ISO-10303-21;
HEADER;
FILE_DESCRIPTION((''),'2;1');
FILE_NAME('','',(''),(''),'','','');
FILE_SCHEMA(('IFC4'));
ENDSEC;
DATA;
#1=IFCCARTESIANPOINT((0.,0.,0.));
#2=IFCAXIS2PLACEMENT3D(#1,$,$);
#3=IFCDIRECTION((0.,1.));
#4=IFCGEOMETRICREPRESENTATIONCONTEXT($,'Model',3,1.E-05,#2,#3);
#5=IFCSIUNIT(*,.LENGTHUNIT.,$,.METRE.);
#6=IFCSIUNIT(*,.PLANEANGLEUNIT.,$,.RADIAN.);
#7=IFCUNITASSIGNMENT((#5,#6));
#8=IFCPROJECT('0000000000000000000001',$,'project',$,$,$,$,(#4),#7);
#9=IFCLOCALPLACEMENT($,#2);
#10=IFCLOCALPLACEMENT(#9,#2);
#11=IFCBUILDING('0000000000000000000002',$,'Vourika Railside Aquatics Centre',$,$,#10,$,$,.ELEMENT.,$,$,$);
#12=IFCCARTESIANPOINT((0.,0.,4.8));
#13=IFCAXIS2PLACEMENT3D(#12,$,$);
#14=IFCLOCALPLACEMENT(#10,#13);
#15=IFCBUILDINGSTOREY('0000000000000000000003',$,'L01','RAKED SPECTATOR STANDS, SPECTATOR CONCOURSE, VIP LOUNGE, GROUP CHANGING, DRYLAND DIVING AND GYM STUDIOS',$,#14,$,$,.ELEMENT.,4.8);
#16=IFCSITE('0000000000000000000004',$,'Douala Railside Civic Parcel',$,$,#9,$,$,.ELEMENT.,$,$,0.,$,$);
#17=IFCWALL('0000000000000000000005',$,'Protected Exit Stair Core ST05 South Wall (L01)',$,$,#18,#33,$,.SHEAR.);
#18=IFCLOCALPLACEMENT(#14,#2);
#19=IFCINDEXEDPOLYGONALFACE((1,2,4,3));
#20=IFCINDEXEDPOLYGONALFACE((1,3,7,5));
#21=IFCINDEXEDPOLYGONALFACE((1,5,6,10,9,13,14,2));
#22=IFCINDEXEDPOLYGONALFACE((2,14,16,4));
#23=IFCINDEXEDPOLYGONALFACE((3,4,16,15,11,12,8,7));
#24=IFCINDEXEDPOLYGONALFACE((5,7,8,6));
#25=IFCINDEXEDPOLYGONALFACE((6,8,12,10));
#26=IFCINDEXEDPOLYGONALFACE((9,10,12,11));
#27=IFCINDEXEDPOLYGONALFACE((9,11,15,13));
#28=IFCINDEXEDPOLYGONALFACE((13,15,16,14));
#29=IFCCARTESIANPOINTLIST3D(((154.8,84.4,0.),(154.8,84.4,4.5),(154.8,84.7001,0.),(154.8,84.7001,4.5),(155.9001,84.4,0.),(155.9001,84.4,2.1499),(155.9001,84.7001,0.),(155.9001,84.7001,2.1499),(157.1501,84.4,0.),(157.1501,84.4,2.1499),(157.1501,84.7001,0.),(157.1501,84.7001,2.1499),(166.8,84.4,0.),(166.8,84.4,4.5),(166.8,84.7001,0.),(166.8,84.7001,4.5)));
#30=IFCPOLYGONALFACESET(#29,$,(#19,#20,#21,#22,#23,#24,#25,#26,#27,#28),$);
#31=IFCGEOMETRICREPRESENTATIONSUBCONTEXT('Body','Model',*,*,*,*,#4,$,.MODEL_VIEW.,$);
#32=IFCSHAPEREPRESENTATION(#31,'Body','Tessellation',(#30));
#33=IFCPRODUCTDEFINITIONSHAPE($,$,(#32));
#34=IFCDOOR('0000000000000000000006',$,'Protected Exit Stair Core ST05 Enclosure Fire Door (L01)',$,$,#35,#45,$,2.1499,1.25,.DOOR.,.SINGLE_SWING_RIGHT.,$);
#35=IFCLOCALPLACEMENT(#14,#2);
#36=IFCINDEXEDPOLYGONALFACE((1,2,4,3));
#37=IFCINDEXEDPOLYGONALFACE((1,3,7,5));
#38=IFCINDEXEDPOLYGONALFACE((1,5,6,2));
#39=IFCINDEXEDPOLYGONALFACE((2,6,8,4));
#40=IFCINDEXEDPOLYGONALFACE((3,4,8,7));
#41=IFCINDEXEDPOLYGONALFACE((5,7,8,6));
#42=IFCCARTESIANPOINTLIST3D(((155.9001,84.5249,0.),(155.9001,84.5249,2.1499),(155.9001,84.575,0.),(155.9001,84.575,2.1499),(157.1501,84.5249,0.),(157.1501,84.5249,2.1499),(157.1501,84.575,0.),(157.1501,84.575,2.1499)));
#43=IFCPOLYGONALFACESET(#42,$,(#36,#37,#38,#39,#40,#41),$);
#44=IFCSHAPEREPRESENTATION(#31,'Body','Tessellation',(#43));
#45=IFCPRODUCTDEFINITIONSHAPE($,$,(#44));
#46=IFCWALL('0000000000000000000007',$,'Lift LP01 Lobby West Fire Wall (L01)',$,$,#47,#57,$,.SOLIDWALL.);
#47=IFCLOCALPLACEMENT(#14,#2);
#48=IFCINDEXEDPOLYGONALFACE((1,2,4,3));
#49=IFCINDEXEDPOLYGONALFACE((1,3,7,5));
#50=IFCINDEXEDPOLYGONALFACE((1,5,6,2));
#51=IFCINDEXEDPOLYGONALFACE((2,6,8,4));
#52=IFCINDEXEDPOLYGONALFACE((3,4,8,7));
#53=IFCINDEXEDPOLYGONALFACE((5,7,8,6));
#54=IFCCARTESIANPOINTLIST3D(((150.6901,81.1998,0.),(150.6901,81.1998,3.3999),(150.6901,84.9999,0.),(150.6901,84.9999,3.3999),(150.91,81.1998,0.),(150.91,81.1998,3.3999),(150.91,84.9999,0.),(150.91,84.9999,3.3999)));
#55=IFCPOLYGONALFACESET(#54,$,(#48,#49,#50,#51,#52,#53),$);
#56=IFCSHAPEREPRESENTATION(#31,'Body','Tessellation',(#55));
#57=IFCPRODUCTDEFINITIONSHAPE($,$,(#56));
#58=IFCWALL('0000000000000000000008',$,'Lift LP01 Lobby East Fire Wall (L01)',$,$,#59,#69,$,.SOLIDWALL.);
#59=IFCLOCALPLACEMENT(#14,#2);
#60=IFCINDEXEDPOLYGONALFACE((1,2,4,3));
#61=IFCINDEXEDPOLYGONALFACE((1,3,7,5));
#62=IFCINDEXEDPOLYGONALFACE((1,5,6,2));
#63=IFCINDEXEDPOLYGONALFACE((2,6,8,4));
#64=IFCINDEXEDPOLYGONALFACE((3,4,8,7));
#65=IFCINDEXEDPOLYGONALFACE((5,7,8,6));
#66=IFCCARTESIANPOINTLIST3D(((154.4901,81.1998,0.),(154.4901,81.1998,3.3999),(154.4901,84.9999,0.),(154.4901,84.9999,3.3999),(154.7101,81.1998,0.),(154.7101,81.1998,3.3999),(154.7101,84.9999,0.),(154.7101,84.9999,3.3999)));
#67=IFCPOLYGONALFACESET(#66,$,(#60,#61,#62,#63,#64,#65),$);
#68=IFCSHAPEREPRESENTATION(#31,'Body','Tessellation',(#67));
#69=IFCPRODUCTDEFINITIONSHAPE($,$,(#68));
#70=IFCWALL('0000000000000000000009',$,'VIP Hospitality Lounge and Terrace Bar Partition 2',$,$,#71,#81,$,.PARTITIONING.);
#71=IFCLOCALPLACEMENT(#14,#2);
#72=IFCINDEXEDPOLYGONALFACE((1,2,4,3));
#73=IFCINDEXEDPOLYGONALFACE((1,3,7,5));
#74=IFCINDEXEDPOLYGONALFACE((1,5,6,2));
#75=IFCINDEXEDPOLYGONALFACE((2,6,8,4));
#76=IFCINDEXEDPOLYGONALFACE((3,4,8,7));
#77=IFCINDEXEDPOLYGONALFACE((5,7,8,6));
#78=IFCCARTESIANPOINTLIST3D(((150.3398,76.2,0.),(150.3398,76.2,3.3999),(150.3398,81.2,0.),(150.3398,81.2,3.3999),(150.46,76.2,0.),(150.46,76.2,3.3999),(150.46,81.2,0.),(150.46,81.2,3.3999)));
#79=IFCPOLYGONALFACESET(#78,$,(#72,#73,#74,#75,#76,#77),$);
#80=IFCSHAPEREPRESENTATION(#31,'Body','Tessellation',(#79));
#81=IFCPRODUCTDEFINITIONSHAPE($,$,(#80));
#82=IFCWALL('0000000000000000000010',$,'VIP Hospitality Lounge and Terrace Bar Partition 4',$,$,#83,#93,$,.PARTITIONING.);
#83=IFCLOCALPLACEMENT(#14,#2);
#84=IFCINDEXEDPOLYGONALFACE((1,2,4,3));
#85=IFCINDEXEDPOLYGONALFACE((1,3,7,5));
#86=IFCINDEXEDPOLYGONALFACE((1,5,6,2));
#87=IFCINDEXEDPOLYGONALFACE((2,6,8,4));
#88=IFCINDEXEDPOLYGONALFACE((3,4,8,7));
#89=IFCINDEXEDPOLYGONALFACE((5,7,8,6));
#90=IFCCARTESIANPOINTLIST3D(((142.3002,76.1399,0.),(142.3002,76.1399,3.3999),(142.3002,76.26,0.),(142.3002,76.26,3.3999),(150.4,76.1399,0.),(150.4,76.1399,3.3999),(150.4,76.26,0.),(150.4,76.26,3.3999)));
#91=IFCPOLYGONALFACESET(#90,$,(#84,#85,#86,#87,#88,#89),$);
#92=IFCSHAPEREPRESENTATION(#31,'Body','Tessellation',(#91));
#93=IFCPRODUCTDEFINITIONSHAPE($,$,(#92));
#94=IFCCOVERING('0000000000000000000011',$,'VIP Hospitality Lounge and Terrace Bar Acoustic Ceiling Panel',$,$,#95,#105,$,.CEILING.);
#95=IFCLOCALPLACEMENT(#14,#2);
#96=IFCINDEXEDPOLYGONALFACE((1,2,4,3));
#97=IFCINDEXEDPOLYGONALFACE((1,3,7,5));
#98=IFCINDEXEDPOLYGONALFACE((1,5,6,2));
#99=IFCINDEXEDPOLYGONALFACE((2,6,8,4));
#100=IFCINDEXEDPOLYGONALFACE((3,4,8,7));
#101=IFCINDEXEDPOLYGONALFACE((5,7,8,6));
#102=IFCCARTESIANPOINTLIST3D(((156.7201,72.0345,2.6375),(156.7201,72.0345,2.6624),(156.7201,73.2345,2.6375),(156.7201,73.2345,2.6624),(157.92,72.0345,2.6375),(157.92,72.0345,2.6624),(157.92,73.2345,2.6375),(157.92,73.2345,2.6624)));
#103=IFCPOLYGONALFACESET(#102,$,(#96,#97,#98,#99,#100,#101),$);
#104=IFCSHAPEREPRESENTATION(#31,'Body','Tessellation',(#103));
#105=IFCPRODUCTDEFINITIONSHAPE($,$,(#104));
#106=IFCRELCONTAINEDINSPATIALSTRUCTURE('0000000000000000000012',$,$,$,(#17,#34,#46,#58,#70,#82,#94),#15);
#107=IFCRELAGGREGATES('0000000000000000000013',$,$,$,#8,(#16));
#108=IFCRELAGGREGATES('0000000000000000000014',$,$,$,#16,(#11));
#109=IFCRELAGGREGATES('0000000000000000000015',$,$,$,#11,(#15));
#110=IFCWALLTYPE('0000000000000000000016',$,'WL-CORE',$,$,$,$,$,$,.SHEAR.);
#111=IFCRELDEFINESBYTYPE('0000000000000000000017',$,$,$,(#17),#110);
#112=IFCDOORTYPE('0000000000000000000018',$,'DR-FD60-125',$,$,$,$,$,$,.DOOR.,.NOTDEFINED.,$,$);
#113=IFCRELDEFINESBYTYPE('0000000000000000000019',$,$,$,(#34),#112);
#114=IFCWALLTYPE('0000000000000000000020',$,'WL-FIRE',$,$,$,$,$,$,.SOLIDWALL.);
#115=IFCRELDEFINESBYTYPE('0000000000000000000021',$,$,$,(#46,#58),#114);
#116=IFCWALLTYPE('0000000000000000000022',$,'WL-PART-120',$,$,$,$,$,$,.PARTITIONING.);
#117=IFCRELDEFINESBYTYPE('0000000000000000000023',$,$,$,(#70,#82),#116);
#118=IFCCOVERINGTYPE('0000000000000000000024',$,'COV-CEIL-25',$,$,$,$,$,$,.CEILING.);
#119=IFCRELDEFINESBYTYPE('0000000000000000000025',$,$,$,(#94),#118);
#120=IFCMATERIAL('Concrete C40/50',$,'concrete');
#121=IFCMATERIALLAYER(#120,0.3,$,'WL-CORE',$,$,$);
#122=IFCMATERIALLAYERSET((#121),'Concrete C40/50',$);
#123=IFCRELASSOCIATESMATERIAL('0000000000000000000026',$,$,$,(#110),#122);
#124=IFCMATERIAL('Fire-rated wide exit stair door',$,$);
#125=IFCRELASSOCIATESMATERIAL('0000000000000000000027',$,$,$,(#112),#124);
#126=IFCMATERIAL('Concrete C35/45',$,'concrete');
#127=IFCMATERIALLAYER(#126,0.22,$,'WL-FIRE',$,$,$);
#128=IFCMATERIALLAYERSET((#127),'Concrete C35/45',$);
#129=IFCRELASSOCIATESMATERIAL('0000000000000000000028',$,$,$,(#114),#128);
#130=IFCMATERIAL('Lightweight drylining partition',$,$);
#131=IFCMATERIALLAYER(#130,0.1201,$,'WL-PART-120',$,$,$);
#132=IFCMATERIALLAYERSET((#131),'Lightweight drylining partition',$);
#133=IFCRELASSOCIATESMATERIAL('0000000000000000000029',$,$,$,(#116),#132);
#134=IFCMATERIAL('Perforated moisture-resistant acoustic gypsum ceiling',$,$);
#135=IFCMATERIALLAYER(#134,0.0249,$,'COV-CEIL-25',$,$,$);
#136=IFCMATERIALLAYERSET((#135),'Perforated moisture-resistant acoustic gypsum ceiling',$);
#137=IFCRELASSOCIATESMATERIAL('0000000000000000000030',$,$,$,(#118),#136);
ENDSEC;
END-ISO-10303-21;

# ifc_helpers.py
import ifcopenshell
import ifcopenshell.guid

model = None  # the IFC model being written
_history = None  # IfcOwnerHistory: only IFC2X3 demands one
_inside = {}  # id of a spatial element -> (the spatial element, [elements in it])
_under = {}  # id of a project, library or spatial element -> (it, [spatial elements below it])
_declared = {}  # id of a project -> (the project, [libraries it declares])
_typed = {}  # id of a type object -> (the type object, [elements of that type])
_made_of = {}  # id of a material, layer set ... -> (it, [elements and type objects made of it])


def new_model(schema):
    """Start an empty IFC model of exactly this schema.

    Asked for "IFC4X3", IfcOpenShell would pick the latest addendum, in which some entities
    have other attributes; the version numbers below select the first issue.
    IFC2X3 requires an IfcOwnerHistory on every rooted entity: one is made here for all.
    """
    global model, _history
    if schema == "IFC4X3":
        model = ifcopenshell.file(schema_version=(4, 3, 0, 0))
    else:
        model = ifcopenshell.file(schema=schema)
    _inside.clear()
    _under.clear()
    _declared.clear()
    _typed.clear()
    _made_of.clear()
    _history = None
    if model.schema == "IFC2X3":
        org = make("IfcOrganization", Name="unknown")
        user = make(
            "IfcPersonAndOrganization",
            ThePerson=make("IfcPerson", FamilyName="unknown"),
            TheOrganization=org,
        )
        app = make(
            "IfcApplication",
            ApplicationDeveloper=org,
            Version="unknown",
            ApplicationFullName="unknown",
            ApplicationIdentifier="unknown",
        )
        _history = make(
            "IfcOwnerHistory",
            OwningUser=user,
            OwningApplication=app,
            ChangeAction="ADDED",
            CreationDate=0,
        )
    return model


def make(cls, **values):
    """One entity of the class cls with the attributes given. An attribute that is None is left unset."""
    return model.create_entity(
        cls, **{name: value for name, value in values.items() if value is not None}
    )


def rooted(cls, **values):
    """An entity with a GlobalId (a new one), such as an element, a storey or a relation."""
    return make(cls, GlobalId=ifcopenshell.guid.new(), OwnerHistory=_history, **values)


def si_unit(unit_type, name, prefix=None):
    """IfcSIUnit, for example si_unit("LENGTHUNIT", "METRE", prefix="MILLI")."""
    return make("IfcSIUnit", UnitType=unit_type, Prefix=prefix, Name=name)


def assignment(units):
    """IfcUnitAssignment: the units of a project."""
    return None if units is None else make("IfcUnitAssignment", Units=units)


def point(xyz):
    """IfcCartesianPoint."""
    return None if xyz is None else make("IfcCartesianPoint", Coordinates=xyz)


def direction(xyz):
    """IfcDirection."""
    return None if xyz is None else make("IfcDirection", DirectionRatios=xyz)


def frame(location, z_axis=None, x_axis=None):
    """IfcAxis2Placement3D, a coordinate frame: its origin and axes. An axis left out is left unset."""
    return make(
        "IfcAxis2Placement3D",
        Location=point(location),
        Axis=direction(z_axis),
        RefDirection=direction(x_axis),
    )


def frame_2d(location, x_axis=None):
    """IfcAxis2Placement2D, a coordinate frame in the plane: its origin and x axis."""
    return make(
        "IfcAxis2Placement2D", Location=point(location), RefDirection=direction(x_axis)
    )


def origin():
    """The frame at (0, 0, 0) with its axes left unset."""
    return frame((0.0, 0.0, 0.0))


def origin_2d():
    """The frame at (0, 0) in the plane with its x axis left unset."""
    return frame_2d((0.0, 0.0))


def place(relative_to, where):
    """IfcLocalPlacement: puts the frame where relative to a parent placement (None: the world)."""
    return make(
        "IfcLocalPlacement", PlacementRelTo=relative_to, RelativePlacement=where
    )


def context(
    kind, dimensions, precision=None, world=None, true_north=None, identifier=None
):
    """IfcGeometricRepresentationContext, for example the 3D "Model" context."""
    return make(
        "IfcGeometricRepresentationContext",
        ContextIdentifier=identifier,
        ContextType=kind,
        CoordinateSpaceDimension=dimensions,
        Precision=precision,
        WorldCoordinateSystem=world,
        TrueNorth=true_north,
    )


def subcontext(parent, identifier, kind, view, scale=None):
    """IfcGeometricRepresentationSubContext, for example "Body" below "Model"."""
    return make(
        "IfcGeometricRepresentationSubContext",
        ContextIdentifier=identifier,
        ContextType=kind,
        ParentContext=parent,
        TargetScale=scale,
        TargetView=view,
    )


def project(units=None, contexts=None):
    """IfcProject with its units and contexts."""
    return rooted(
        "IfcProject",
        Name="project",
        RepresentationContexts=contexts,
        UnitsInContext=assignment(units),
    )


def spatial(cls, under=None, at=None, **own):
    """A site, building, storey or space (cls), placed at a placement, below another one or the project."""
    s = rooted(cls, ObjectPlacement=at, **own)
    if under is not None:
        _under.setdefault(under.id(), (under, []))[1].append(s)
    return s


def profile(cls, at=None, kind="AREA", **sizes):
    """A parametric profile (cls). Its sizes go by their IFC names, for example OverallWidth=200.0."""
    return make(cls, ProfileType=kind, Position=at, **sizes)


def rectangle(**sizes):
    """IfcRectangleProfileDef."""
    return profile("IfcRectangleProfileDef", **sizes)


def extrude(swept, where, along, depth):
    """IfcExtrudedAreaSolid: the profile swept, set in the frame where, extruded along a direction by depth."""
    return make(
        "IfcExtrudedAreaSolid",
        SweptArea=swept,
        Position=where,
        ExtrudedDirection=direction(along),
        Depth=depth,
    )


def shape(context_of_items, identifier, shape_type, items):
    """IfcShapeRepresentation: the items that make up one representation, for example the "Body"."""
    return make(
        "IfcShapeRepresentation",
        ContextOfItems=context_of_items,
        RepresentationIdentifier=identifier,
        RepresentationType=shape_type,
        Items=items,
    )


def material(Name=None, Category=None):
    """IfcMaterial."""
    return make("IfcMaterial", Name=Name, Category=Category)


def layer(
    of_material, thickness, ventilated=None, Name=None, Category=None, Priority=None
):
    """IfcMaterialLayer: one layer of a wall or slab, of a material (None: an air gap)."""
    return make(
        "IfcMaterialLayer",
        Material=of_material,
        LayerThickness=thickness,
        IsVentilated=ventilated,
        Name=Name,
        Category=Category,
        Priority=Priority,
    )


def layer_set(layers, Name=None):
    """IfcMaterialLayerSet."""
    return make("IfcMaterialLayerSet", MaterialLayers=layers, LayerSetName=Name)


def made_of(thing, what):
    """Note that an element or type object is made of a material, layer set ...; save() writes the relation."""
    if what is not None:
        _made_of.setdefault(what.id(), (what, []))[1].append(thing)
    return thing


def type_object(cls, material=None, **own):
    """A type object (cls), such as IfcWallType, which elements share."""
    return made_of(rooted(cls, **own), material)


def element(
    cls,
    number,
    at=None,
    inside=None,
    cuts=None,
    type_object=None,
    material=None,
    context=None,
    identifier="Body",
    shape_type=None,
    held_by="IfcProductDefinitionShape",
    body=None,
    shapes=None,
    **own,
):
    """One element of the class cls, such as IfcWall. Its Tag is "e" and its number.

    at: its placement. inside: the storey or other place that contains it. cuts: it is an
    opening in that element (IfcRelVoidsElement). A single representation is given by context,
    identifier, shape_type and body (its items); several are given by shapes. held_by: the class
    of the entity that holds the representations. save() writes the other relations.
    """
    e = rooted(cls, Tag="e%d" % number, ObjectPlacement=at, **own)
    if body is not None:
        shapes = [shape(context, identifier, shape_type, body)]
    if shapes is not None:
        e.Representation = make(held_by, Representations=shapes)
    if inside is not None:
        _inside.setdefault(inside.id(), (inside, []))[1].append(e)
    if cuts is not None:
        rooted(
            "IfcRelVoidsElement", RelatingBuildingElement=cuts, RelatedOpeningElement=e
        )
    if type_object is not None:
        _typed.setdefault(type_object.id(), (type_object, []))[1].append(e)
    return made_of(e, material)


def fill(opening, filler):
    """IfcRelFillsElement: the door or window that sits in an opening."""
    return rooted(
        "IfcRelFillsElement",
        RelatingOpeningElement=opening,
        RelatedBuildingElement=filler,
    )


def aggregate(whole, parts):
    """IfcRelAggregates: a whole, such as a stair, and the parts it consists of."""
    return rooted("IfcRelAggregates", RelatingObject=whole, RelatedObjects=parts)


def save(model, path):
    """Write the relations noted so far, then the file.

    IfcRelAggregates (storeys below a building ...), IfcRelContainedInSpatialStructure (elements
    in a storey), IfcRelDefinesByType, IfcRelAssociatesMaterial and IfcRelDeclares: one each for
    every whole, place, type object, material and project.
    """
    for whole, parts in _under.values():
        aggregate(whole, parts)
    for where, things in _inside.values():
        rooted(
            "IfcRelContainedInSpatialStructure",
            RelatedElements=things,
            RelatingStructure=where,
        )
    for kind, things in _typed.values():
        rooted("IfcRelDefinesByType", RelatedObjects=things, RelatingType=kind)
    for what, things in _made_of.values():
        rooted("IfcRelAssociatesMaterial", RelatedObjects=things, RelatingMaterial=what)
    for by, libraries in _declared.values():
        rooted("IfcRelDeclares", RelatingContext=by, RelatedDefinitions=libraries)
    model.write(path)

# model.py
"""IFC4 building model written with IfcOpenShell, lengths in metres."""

from ifc_helpers import new_model, si_unit, direction, frame, frame_2d, origin, origin_2d, place, context, subcontext, project, spatial, rectangle, extrude, material, layer, layer_set, type_object, element, fill, save


model = new_model("IFC4")

# Units and contexts
model_context = context("Model", 3, precision=1e-05, world=origin(), true_north=direction((0.0, 1.0)))
body_context = subcontext(model_context, "Body", "Model", "MODEL_VIEW")
ifc_project = project(units=[si_unit("LENGTHUNIT", "METRE"), si_unit("PLANEANGLEUNIT", "RADIAN")], contexts=[model_context])

# Site, building, storey
site_placement = place(None, origin())
site = spatial("IfcSite", under=ifc_project, at=site_placement, Name="Douala Railside Civic Parcel", CompositionType="ELEMENT", RefElevation=0.0)
building_placement = place(site_placement, origin())
building = spatial("IfcBuilding", under=site, at=building_placement, Name="Vourika Railside Aquatics Centre", CompositionType="ELEMENT")
storey_placement = place(building_placement, frame((0.0, 0.0, 4.8)))
storey = spatial("IfcBuildingStorey", under=building, at=storey_placement, Name="L01", Description="RAKED SPECTATOR STANDS, SPECTATOR CONCOURSE, VIP LOUNGE, GROUP CHANGING, DRYLAND DIVING AND GYM STUDIOS", CompositionType="ELEMENT", Elevation=4.8)

# Shared definitions
ifc_material_1 = material(Name="Concrete C35/45", Category="concrete")

# Wall, opening, door
ifc_material_2 = material(Name="Concrete C40/50", Category="concrete")
ifc_layer_1 = layer(ifc_material_2, 0.3, Name="WL-CORE")
ifc_layer_set_1 = layer_set([ifc_layer_1], Name="Concrete C40/50")
wall_type_1 = type_object("IfcWallType", Name="WL-CORE", PredefinedType="SHEAR", material=ifc_layer_set_1)
wall_1_placement = place(storey_placement, frame((154.8, 84.55, 0.0), z_axis=(0.0, 0.0, 1.0), x_axis=(1.0, 0.0, 0.0)))
wall_1 = element("IfcWall", 1, at=wall_1_placement, inside=storey, type_object=wall_type_1, Name="Protected Exit Stair Core ST05 South Wall (L01)", PredefinedType="SHEAR", context=body_context, shape_type="SweptSolid", body=[
    extrude(rectangle(XDim=12.0, YDim=0.3, at=frame_2d((6.0, 0.0))), origin(), (0.0, 0.0, 1.0), 4.5),
])
opening_1_placement = place(wall_1_placement, frame((1.1001, 0.0, 0.0)))
opening_1 = element("IfcOpeningElement", 2, at=opening_1_placement, cuts=wall_1, PredefinedType="OPENING", context=body_context, shape_type="SweptSolid", body=[
    extrude(rectangle(XDim=1.25, YDim=2.1499, at=frame_2d((0.625, 1.075))), frame((0.0, 0.1602, 0.0), z_axis=(0.0, -1.0, 0.0), x_axis=(1.0, 0.0, 0.0)), (0.0, 0.0, 1.0), 0.3201),
])
ifc_material_3 = material(Name="Fire-rated wide exit stair door")
door_type_1 = type_object("IfcDoorType", Name="DR-FD60-125", OperationType="NOTDEFINED", PredefinedType="DOOR", material=ifc_material_3)
door_1_placement = place(opening_1_placement, origin())
door_1 = element("IfcDoor", 3, at=door_1_placement, inside=storey, type_object=door_type_1, Name="Protected Exit Stair Core ST05 Enclosure Fire Door (L01)", OperationType="SINGLE_SWING_RIGHT", OverallHeight=2.1499, OverallWidth=1.25, PredefinedType="DOOR", context=body_context, shape_type="SweptSolid", body=[
    extrude(rectangle(XDim=1.25, YDim=2.1499, at=frame_2d((0.625, 1.075))), frame((0.0, 0.0249, 0.0), z_axis=(0.0, -1.0, 0.0), x_axis=(1.0, 0.0, 0.0)), (0.0, 0.0, 1.0), 0.05),
])
fill(opening_1, door_1)
ifc_layer_2 = layer(ifc_material_1, 0.22, Name="WL-FIRE")
ifc_layer_set_2 = layer_set([ifc_layer_2], Name="Concrete C35/45")
wall_type_2 = type_object("IfcWallType", Name="WL-FIRE", PredefinedType="SOLIDWALL", material=ifc_layer_set_2)

# Walls
for number, where, z_axis, x_axis, name in (
    (4, (150.8, 81.2, 0.0), (0.0, 0.0, 1.0), (0.0, 1.0, 0.0), "Lift LP01 Lobby West Fire Wall (L01)"),
    (5, (154.6001, 81.2, 0.0), (0.0, 0.0, 1.0), (0.0, 1.0, 0.0), "Lift LP01 Lobby East Fire Wall (L01)"),
):
    element("IfcWall", number, at=place(storey_placement, frame(where, z_axis=z_axis, x_axis=x_axis)), inside=storey, type_object=wall_type_2, Name=name, PredefinedType="SOLIDWALL", context=body_context, shape_type="SweptSolid", body=[
        extrude(rectangle(XDim=3.8, YDim=0.22, at=frame_2d((1.8999, 0.0))), origin(), (0.0, 0.0, 1.0), 3.3999),
    ])
ifc_material_4 = material(Name="Lightweight drylining partition")
ifc_layer_3 = layer(ifc_material_4, 0.1201, Name="WL-PART-120")
ifc_layer_set_3 = layer_set([ifc_layer_3], Name="Lightweight drylining partition")
wall_type_3 = type_object("IfcWallType", Name="WL-PART-120", PredefinedType="PARTITIONING", material=ifc_layer_set_3)
wall_2_placement = place(storey_placement, frame((150.3999, 81.2, 0.0), z_axis=(0.0, 0.0, 1.0), x_axis=(0.0, -1.0, 0.0)))
element("IfcWall", 6, at=wall_2_placement, inside=storey, type_object=wall_type_3, Name="VIP Hospitality Lounge and Terrace Bar Partition 2", PredefinedType="PARTITIONING", context=body_context, shape_type="SweptSolid", body=[
    extrude(rectangle(XDim=5.0, YDim=0.1201, at=frame_2d((2.5, 0.0))), origin(), (0.0, 0.0, 1.0), 3.3999),
])
wall_3_placement = place(storey_placement, frame((150.3999, 76.2, 0.0), z_axis=(0.0, 0.0, 1.0), x_axis=(-1.0, 0.0, 0.0)))
element("IfcWall", 7, at=wall_3_placement, inside=storey, type_object=wall_type_3, Name="VIP Hospitality Lounge and Terrace Bar Partition 4", PredefinedType="PARTITIONING", context=body_context, shape_type="SweptSolid", body=[
    extrude(rectangle(XDim=8.0999, YDim=0.1201, at=frame_2d((4.0498, 0.0))), origin(), (0.0, 0.0, 1.0), 3.3999),
])

# Covering
ifc_material_5 = material(Name="Perforated moisture-resistant acoustic gypsum ceiling")
ifc_layer_4 = layer(ifc_material_5, 0.0249, Name="COV-CEIL-25")
ifc_layer_set_4 = layer_set([ifc_layer_4], Name="Perforated moisture-resistant acoustic gypsum ceiling")
covering_type = type_object("IfcCoveringType", Name="COV-CEIL-25", PredefinedType="CEILING", material=ifc_layer_set_4)
covering_placement = place(storey_placement, frame((157.3201, 72.6345, 2.6375), z_axis=(0.0, 0.0, 1.0), x_axis=(1.0, 0.0, 0.0)))
element("IfcCovering", 8, at=covering_placement, inside=storey, type_object=covering_type, Name="VIP Hospitality Lounge and Terrace Bar Acoustic Ceiling Panel", PredefinedType="CEILING", context=body_context, shape_type="SweptSolid", body=[
    extrude(rectangle(XDim=1.2, YDim=1.2, at=origin_2d()), origin(), (0.0, 0.0, 1.0), 0.0249),
])

save(model, "model.ifc")
